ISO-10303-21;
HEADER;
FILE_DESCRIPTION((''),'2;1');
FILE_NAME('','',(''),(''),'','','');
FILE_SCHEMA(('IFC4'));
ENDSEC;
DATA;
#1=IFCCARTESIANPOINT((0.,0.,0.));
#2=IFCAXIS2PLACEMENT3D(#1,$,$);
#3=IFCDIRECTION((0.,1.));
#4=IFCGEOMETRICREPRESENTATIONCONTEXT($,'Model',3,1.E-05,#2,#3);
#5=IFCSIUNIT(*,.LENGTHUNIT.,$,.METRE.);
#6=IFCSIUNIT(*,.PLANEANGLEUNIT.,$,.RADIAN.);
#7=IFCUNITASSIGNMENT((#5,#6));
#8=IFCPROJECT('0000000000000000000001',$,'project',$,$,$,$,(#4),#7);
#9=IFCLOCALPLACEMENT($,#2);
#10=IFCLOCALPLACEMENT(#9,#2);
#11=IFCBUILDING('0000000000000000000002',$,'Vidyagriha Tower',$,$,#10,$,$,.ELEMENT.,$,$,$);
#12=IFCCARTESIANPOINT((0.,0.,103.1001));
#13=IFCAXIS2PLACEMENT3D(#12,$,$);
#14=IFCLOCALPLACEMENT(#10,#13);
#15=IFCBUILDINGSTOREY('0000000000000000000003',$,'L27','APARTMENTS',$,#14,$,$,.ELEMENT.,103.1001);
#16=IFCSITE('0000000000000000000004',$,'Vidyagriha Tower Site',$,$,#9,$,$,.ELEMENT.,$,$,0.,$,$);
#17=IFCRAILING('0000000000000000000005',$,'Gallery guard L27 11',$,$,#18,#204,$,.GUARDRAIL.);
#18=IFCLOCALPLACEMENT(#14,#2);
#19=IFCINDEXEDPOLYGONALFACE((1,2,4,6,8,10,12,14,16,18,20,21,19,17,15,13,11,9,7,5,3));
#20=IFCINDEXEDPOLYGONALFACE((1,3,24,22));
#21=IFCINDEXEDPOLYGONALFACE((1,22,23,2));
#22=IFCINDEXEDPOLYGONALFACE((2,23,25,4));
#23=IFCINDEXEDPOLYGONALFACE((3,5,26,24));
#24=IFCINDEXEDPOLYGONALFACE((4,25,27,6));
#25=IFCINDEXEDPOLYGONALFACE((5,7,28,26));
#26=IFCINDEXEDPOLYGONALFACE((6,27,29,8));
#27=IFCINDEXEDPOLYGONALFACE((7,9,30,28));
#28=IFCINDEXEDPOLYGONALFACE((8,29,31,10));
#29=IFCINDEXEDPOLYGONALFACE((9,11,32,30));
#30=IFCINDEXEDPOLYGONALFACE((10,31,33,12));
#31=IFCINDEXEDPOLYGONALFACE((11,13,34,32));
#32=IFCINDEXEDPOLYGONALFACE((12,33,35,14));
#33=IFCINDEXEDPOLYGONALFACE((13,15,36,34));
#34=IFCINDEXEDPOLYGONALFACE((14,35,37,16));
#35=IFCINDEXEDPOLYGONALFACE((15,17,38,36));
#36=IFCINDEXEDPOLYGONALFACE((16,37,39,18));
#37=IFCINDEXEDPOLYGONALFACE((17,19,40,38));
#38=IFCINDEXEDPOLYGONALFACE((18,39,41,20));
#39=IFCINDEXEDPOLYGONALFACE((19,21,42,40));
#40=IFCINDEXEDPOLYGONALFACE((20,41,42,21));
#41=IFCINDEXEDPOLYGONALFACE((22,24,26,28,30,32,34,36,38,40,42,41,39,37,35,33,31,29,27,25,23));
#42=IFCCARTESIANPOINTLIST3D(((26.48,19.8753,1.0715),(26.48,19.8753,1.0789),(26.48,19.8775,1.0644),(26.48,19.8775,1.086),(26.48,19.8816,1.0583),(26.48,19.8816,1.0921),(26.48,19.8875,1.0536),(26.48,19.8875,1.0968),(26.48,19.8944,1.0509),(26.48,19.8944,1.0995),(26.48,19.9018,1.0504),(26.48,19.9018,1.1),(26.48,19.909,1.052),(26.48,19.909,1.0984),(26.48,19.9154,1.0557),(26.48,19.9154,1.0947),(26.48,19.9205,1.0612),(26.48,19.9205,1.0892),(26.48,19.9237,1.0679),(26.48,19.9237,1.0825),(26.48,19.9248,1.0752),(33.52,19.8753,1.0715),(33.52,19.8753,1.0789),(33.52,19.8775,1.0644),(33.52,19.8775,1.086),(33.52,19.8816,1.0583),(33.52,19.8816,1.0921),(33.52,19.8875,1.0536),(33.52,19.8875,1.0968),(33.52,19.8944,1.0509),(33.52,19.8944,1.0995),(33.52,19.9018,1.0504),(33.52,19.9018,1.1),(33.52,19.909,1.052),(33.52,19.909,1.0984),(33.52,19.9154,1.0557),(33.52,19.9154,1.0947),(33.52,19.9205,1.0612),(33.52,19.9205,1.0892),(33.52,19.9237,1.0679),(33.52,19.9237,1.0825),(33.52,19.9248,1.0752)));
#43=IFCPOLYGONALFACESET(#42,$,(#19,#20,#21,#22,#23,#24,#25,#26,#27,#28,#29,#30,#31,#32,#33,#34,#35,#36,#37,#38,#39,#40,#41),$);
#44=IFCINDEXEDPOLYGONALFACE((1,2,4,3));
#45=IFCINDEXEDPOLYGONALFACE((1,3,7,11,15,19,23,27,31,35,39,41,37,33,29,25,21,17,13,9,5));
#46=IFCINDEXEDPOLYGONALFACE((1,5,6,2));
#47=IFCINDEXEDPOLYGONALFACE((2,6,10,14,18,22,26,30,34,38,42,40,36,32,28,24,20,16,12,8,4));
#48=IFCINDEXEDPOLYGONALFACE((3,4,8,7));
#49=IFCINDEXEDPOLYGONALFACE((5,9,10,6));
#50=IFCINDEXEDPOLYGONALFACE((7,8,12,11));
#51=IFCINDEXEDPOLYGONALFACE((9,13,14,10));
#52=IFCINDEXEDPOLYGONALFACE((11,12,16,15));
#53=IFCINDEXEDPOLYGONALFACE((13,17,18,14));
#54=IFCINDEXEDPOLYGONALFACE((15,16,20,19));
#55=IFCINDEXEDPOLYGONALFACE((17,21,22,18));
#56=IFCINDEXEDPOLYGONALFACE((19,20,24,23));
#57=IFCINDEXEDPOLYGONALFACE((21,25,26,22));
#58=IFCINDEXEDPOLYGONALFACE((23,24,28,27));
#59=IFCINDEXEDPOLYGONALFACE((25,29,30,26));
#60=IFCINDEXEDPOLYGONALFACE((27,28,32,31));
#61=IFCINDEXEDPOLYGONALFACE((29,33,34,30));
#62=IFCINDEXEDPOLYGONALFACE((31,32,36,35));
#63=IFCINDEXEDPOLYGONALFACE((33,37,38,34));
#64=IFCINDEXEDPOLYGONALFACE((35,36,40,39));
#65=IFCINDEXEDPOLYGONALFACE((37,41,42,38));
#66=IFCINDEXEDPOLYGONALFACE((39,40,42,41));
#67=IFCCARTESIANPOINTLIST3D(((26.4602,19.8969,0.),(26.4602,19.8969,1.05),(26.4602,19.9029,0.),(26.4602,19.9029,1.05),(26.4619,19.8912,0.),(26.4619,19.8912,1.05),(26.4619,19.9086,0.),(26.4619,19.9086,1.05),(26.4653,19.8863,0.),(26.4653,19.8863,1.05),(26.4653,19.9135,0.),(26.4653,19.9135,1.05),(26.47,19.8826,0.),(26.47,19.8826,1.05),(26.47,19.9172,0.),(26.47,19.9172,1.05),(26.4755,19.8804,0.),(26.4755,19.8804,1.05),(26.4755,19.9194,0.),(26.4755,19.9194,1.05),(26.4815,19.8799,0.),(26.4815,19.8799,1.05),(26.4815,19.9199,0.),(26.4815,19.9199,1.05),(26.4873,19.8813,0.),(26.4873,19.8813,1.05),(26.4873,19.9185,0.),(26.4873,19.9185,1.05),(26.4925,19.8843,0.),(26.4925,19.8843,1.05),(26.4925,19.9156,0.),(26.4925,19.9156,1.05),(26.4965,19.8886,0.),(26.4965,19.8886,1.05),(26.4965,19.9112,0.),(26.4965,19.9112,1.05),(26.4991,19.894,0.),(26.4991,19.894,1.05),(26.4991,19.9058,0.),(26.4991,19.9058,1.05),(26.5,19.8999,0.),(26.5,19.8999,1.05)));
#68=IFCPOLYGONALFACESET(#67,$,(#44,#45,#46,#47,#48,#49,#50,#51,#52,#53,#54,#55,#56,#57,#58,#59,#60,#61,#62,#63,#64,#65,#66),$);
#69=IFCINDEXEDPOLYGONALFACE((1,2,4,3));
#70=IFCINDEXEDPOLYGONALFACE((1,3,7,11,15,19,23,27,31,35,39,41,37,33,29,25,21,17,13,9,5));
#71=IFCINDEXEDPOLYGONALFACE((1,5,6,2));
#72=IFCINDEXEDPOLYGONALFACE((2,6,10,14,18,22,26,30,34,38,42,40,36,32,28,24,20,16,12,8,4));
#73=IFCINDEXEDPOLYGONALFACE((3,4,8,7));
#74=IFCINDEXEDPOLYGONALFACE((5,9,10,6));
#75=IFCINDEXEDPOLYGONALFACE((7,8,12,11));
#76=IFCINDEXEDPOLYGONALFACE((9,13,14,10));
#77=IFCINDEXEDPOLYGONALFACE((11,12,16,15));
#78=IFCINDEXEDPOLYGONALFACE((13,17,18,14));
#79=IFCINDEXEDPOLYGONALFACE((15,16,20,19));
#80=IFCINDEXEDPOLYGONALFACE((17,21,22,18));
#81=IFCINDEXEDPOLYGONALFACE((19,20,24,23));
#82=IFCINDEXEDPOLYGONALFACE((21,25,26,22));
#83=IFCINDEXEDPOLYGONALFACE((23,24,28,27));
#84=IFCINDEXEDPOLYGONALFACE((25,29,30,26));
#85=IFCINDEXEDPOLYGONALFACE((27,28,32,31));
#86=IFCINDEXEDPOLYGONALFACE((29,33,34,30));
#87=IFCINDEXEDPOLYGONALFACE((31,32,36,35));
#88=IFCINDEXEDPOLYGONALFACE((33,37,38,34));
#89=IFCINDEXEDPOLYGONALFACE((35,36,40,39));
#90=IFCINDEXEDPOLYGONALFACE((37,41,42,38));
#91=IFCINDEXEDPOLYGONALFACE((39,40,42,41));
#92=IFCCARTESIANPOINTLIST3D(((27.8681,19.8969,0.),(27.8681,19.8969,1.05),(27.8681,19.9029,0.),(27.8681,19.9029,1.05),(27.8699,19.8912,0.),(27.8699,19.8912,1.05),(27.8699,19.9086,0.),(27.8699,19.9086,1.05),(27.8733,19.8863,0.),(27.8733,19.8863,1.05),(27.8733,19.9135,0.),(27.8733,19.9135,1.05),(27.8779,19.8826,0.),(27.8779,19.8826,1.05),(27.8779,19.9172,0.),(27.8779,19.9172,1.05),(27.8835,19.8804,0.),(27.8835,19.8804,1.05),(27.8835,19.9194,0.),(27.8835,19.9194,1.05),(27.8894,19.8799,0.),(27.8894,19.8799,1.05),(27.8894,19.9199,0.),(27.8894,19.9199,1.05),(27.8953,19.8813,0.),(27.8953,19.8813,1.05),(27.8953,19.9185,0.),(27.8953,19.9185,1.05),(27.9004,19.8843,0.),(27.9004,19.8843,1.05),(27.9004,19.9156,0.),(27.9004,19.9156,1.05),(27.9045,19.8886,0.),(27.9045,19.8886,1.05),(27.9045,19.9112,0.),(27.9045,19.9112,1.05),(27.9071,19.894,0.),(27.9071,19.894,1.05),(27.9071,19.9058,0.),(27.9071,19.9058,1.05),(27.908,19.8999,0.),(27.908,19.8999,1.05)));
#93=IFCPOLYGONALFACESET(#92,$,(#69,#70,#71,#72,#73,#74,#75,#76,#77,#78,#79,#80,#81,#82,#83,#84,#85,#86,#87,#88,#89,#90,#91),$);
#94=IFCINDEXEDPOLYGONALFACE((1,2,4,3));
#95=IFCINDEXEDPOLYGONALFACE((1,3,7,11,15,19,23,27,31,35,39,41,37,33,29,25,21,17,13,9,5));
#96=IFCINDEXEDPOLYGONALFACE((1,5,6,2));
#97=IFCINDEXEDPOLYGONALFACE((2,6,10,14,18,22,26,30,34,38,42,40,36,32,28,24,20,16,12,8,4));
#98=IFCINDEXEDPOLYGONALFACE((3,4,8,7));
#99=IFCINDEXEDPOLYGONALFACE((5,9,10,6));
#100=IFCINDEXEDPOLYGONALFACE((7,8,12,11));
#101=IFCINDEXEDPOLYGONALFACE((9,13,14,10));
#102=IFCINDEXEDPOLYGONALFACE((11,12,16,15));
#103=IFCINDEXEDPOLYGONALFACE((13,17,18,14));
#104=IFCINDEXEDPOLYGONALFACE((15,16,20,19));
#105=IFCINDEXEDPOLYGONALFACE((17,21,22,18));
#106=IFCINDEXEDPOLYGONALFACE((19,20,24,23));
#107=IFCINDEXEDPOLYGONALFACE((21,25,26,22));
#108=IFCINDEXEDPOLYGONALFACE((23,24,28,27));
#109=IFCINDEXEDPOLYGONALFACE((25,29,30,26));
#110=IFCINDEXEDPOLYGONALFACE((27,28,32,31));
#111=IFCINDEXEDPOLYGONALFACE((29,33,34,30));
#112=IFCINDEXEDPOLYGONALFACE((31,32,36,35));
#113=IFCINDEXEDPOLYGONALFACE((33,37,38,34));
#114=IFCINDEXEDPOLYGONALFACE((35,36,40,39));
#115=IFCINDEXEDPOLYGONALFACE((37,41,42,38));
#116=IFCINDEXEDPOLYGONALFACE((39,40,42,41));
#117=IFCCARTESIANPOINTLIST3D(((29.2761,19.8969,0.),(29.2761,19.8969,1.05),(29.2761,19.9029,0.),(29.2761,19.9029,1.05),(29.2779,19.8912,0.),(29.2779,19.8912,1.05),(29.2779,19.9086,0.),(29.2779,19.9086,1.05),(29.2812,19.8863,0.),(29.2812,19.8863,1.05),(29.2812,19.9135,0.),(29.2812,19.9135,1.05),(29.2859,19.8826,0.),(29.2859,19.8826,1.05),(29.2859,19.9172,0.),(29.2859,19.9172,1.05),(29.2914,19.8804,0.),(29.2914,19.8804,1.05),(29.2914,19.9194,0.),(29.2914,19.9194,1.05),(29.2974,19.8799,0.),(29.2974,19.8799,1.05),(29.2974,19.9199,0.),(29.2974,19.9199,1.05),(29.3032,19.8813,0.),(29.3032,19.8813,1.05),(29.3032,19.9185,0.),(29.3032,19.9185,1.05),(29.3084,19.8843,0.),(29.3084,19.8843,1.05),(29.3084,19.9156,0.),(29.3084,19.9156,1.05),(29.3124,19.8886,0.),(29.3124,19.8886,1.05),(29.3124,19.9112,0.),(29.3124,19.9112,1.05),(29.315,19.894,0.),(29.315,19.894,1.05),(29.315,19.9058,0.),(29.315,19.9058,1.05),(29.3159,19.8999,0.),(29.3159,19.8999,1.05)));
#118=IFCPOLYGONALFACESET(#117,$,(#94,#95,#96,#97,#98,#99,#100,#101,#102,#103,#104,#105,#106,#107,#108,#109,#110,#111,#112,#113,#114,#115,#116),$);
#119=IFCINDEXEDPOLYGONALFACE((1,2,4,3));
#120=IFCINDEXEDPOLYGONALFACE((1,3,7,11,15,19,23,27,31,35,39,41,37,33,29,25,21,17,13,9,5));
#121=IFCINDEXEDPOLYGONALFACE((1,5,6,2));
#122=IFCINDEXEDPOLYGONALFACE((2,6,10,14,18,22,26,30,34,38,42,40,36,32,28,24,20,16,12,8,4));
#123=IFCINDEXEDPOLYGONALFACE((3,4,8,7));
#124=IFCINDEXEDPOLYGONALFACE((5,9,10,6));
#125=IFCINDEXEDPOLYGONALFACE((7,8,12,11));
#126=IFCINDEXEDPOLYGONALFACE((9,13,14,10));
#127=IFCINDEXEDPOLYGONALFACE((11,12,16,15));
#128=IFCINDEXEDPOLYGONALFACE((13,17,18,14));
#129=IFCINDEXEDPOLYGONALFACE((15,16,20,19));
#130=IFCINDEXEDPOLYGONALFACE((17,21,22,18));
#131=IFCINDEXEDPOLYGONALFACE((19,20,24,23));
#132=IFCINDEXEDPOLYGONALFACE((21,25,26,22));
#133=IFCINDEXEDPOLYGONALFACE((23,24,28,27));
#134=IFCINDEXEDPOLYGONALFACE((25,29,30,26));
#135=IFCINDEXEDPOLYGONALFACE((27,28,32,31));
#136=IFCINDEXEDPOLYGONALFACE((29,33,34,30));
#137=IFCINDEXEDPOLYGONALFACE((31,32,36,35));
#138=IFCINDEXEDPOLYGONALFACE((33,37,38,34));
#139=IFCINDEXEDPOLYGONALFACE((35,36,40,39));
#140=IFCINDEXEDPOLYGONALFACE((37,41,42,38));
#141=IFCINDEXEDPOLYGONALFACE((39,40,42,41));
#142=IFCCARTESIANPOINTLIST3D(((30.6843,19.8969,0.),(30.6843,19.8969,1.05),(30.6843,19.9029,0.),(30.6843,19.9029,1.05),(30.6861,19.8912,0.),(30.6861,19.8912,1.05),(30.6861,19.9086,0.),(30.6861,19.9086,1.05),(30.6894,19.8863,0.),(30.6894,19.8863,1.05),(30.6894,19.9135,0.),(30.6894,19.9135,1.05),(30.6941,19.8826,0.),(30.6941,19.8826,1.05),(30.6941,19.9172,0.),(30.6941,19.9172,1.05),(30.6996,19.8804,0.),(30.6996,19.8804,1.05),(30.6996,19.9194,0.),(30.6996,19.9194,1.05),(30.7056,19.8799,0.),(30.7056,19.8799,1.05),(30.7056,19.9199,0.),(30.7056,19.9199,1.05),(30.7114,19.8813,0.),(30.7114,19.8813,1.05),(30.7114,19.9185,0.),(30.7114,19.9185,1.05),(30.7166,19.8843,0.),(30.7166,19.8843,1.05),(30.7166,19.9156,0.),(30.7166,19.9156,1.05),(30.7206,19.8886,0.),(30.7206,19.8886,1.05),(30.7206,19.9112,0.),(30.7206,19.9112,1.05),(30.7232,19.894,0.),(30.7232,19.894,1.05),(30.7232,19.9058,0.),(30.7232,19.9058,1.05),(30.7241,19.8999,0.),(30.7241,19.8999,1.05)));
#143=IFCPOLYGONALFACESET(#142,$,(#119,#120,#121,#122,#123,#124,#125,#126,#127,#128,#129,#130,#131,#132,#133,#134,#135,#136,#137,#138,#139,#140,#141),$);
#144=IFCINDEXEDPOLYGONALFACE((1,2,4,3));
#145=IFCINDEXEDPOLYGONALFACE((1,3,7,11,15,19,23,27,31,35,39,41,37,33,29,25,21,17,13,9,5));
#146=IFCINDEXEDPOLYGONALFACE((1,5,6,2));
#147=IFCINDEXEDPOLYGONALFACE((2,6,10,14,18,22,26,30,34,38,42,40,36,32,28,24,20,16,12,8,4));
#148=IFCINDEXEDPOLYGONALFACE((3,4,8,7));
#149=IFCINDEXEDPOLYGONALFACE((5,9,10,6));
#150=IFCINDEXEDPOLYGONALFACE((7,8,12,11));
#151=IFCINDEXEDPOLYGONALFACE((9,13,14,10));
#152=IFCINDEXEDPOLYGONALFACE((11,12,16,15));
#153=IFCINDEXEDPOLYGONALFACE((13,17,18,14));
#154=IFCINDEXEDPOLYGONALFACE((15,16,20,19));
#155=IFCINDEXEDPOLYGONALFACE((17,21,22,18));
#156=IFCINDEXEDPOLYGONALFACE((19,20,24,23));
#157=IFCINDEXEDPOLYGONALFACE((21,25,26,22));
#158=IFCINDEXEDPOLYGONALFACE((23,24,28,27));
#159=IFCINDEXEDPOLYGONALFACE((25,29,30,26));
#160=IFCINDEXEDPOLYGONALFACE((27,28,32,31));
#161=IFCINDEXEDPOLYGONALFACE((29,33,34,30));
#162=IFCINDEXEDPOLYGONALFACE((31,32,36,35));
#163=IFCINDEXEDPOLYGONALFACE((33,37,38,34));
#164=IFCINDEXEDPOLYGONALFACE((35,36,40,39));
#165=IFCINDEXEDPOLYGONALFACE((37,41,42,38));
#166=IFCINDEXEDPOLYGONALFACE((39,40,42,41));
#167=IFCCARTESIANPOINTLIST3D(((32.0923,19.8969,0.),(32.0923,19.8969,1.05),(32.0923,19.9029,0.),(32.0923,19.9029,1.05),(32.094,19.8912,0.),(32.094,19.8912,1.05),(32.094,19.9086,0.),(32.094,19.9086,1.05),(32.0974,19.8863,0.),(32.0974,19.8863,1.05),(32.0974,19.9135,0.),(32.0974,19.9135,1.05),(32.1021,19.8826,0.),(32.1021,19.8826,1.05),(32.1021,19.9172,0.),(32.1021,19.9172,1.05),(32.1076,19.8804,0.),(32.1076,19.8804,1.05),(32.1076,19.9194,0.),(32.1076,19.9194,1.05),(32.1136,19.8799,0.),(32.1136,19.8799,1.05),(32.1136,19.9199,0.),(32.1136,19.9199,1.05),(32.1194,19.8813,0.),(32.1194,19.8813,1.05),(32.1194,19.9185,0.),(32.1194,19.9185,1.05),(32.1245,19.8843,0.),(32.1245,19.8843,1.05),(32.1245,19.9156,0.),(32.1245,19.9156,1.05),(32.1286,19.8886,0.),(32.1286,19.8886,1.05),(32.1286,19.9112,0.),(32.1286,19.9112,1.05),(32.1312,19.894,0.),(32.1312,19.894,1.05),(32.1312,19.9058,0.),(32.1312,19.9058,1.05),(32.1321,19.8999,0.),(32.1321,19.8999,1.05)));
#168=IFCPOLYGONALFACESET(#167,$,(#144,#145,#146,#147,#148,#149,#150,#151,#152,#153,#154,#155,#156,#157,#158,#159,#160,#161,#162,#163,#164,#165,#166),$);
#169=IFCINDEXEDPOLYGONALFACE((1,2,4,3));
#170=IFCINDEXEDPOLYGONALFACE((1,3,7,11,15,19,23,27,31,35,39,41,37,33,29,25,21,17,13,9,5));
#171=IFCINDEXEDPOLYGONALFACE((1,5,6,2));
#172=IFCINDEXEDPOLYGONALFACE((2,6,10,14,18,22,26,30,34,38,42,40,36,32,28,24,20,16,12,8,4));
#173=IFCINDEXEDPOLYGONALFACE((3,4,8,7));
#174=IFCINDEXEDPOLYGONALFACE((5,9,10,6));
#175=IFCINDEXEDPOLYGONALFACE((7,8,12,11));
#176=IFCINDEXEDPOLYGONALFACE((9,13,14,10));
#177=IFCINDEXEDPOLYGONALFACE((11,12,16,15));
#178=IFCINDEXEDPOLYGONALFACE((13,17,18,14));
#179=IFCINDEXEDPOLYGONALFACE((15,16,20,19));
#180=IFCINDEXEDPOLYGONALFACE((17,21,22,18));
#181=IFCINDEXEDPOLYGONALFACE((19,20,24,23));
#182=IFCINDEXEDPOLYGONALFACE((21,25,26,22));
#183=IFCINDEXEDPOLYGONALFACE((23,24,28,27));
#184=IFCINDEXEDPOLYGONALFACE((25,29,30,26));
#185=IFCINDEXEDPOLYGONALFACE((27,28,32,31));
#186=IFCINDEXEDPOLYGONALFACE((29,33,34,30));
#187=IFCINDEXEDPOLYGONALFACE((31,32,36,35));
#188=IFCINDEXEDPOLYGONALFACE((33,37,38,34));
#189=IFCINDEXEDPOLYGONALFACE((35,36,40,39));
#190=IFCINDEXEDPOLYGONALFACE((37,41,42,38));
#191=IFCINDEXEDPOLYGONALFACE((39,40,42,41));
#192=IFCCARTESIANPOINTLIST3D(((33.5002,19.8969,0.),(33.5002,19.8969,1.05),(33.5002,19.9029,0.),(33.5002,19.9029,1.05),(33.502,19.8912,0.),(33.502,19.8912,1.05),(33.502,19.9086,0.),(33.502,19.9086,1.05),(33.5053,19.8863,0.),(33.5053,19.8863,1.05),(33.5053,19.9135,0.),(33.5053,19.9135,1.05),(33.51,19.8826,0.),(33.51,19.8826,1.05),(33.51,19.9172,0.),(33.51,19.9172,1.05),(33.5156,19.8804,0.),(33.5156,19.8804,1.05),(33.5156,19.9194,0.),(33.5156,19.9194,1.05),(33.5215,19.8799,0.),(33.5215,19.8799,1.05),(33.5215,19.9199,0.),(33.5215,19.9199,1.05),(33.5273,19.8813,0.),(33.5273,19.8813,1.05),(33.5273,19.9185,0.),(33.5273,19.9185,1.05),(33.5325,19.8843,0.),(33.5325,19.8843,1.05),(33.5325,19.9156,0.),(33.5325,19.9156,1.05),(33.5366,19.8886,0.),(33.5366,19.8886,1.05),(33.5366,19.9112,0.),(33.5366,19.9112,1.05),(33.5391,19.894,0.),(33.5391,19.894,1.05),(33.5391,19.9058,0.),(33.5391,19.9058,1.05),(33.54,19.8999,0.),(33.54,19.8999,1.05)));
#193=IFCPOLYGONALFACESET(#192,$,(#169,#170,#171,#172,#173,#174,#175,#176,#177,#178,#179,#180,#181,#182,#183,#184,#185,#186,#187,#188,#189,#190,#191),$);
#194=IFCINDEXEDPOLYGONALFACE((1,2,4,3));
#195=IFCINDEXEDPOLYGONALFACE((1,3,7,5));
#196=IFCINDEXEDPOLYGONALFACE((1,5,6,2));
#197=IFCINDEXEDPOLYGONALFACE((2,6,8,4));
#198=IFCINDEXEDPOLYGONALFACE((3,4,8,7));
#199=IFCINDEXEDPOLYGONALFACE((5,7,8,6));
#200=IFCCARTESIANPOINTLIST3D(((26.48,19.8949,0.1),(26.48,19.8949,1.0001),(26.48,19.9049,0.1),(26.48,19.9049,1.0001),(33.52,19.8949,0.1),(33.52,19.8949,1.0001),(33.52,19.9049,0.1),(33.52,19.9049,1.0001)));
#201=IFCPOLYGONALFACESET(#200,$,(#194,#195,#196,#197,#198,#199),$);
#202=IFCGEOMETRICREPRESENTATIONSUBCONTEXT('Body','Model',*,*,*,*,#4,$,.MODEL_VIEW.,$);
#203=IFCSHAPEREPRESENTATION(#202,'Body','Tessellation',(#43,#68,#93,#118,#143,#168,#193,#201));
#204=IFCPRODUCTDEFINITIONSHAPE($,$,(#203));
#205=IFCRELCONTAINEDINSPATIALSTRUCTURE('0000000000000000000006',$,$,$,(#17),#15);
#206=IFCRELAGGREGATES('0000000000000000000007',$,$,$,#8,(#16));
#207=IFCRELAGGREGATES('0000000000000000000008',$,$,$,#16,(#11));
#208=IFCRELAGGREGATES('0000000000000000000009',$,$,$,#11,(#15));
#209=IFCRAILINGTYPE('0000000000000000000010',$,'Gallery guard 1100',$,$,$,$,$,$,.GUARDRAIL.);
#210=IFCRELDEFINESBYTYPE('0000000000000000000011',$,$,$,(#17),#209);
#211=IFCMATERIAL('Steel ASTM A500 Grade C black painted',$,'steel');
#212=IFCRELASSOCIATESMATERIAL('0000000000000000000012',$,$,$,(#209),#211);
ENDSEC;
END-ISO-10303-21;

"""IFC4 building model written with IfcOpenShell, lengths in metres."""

from ifc_helpers import new_model, si_unit, direction, frame, origin, origin_2d, place, context, subcontext, project, spatial, rectangle, circle, extrude, material, type_object, element, save


model = new_model("IFC4")

# Units and contexts
model_context = context("Model", 3, precision=1e-05, world=origin(), true_north=direction((0.0, 1.0)))
body_context = subcontext(model_context, "Body", "Model", "MODEL_VIEW")
ifc_project = project(units=[si_unit("LENGTHUNIT", "METRE"), si_unit("PLANEANGLEUNIT", "RADIAN")], contexts=[model_context])

# Site, building, storey
site_placement = place(None, origin())
site = spatial("IfcSite", under=ifc_project, at=site_placement, Name="Vidyagriha Tower Site", CompositionType="ELEMENT", RefElevation=0.0)
building_placement = place(site_placement, origin())
building = spatial("IfcBuilding", under=site, at=building_placement, Name="Vidyagriha Tower", CompositionType="ELEMENT")
storey_placement = place(building_placement, frame((0.0, 0.0, 103.1001)))
storey = spatial("IfcBuildingStorey", under=building, at=storey_placement, Name="L27", Description="APARTMENTS", CompositionType="ELEMENT", Elevation=103.1001)

# Railing
ifc_material_1 = material(Name="Steel ASTM A500 Grade C black painted", Category="steel")
railing_type = type_object("IfcRailingType", Name="Gallery guard 1100", PredefinedType="GUARDRAIL", material=ifc_material_1)
for number, where, name in (
    (1, (26.48, 19.8999, 0.0), "Gallery guard L27 11"),
):
    element("IfcRailing", number, at=place(storey_placement, frame(where)), inside=storey, type_object=railing_type, Name=name, PredefinedType="GUARDRAIL", context=body_context, shape_type="SweptSolid", body=[
        extrude(circle(Radius=0.0249, at=origin_2d()), frame((0.0, 0.0, 1.0752), z_axis=(1.0, 0.0, 0.0), x_axis=(0.0, 1.0, 0.0)), (0.0, 0.0, 1.0), 7.04),
        extrude(circle(Radius=0.02, at=origin_2d()), origin(), (0.0, 0.0, 1.0), 1.05),
        extrude(circle(Radius=0.02, at=origin_2d()), frame((1.408, 0.0, 0.0)), (0.0, 0.0, 1.0), 1.05),
        extrude(circle(Radius=0.02, at=origin_2d()), frame((2.8159, 0.0, 0.0)), (0.0, 0.0, 1.0), 1.05),
        extrude(circle(Radius=0.02, at=origin_2d()), frame((4.2241, 0.0, 0.0)), (0.0, 0.0, 1.0), 1.05),
        extrude(circle(Radius=0.02, at=origin_2d()), frame((5.6321, 0.0, 0.0)), (0.0, 0.0, 1.0), 1.05),
        extrude(circle(Radius=0.02, at=origin_2d()), frame((7.04, 0.0, 0.0)), (0.0, 0.0, 1.0), 1.05),
        extrude(rectangle(XDim=0.01, YDim=0.9001, at=origin_2d()), frame((0.0, 0.0, 0.55), z_axis=(1.0, 0.0, 0.0), x_axis=(0.0, 1.0, 0.0)), (0.0, 0.0, 1.0), 7.04),
    ])

save(model, "model.ifc")
